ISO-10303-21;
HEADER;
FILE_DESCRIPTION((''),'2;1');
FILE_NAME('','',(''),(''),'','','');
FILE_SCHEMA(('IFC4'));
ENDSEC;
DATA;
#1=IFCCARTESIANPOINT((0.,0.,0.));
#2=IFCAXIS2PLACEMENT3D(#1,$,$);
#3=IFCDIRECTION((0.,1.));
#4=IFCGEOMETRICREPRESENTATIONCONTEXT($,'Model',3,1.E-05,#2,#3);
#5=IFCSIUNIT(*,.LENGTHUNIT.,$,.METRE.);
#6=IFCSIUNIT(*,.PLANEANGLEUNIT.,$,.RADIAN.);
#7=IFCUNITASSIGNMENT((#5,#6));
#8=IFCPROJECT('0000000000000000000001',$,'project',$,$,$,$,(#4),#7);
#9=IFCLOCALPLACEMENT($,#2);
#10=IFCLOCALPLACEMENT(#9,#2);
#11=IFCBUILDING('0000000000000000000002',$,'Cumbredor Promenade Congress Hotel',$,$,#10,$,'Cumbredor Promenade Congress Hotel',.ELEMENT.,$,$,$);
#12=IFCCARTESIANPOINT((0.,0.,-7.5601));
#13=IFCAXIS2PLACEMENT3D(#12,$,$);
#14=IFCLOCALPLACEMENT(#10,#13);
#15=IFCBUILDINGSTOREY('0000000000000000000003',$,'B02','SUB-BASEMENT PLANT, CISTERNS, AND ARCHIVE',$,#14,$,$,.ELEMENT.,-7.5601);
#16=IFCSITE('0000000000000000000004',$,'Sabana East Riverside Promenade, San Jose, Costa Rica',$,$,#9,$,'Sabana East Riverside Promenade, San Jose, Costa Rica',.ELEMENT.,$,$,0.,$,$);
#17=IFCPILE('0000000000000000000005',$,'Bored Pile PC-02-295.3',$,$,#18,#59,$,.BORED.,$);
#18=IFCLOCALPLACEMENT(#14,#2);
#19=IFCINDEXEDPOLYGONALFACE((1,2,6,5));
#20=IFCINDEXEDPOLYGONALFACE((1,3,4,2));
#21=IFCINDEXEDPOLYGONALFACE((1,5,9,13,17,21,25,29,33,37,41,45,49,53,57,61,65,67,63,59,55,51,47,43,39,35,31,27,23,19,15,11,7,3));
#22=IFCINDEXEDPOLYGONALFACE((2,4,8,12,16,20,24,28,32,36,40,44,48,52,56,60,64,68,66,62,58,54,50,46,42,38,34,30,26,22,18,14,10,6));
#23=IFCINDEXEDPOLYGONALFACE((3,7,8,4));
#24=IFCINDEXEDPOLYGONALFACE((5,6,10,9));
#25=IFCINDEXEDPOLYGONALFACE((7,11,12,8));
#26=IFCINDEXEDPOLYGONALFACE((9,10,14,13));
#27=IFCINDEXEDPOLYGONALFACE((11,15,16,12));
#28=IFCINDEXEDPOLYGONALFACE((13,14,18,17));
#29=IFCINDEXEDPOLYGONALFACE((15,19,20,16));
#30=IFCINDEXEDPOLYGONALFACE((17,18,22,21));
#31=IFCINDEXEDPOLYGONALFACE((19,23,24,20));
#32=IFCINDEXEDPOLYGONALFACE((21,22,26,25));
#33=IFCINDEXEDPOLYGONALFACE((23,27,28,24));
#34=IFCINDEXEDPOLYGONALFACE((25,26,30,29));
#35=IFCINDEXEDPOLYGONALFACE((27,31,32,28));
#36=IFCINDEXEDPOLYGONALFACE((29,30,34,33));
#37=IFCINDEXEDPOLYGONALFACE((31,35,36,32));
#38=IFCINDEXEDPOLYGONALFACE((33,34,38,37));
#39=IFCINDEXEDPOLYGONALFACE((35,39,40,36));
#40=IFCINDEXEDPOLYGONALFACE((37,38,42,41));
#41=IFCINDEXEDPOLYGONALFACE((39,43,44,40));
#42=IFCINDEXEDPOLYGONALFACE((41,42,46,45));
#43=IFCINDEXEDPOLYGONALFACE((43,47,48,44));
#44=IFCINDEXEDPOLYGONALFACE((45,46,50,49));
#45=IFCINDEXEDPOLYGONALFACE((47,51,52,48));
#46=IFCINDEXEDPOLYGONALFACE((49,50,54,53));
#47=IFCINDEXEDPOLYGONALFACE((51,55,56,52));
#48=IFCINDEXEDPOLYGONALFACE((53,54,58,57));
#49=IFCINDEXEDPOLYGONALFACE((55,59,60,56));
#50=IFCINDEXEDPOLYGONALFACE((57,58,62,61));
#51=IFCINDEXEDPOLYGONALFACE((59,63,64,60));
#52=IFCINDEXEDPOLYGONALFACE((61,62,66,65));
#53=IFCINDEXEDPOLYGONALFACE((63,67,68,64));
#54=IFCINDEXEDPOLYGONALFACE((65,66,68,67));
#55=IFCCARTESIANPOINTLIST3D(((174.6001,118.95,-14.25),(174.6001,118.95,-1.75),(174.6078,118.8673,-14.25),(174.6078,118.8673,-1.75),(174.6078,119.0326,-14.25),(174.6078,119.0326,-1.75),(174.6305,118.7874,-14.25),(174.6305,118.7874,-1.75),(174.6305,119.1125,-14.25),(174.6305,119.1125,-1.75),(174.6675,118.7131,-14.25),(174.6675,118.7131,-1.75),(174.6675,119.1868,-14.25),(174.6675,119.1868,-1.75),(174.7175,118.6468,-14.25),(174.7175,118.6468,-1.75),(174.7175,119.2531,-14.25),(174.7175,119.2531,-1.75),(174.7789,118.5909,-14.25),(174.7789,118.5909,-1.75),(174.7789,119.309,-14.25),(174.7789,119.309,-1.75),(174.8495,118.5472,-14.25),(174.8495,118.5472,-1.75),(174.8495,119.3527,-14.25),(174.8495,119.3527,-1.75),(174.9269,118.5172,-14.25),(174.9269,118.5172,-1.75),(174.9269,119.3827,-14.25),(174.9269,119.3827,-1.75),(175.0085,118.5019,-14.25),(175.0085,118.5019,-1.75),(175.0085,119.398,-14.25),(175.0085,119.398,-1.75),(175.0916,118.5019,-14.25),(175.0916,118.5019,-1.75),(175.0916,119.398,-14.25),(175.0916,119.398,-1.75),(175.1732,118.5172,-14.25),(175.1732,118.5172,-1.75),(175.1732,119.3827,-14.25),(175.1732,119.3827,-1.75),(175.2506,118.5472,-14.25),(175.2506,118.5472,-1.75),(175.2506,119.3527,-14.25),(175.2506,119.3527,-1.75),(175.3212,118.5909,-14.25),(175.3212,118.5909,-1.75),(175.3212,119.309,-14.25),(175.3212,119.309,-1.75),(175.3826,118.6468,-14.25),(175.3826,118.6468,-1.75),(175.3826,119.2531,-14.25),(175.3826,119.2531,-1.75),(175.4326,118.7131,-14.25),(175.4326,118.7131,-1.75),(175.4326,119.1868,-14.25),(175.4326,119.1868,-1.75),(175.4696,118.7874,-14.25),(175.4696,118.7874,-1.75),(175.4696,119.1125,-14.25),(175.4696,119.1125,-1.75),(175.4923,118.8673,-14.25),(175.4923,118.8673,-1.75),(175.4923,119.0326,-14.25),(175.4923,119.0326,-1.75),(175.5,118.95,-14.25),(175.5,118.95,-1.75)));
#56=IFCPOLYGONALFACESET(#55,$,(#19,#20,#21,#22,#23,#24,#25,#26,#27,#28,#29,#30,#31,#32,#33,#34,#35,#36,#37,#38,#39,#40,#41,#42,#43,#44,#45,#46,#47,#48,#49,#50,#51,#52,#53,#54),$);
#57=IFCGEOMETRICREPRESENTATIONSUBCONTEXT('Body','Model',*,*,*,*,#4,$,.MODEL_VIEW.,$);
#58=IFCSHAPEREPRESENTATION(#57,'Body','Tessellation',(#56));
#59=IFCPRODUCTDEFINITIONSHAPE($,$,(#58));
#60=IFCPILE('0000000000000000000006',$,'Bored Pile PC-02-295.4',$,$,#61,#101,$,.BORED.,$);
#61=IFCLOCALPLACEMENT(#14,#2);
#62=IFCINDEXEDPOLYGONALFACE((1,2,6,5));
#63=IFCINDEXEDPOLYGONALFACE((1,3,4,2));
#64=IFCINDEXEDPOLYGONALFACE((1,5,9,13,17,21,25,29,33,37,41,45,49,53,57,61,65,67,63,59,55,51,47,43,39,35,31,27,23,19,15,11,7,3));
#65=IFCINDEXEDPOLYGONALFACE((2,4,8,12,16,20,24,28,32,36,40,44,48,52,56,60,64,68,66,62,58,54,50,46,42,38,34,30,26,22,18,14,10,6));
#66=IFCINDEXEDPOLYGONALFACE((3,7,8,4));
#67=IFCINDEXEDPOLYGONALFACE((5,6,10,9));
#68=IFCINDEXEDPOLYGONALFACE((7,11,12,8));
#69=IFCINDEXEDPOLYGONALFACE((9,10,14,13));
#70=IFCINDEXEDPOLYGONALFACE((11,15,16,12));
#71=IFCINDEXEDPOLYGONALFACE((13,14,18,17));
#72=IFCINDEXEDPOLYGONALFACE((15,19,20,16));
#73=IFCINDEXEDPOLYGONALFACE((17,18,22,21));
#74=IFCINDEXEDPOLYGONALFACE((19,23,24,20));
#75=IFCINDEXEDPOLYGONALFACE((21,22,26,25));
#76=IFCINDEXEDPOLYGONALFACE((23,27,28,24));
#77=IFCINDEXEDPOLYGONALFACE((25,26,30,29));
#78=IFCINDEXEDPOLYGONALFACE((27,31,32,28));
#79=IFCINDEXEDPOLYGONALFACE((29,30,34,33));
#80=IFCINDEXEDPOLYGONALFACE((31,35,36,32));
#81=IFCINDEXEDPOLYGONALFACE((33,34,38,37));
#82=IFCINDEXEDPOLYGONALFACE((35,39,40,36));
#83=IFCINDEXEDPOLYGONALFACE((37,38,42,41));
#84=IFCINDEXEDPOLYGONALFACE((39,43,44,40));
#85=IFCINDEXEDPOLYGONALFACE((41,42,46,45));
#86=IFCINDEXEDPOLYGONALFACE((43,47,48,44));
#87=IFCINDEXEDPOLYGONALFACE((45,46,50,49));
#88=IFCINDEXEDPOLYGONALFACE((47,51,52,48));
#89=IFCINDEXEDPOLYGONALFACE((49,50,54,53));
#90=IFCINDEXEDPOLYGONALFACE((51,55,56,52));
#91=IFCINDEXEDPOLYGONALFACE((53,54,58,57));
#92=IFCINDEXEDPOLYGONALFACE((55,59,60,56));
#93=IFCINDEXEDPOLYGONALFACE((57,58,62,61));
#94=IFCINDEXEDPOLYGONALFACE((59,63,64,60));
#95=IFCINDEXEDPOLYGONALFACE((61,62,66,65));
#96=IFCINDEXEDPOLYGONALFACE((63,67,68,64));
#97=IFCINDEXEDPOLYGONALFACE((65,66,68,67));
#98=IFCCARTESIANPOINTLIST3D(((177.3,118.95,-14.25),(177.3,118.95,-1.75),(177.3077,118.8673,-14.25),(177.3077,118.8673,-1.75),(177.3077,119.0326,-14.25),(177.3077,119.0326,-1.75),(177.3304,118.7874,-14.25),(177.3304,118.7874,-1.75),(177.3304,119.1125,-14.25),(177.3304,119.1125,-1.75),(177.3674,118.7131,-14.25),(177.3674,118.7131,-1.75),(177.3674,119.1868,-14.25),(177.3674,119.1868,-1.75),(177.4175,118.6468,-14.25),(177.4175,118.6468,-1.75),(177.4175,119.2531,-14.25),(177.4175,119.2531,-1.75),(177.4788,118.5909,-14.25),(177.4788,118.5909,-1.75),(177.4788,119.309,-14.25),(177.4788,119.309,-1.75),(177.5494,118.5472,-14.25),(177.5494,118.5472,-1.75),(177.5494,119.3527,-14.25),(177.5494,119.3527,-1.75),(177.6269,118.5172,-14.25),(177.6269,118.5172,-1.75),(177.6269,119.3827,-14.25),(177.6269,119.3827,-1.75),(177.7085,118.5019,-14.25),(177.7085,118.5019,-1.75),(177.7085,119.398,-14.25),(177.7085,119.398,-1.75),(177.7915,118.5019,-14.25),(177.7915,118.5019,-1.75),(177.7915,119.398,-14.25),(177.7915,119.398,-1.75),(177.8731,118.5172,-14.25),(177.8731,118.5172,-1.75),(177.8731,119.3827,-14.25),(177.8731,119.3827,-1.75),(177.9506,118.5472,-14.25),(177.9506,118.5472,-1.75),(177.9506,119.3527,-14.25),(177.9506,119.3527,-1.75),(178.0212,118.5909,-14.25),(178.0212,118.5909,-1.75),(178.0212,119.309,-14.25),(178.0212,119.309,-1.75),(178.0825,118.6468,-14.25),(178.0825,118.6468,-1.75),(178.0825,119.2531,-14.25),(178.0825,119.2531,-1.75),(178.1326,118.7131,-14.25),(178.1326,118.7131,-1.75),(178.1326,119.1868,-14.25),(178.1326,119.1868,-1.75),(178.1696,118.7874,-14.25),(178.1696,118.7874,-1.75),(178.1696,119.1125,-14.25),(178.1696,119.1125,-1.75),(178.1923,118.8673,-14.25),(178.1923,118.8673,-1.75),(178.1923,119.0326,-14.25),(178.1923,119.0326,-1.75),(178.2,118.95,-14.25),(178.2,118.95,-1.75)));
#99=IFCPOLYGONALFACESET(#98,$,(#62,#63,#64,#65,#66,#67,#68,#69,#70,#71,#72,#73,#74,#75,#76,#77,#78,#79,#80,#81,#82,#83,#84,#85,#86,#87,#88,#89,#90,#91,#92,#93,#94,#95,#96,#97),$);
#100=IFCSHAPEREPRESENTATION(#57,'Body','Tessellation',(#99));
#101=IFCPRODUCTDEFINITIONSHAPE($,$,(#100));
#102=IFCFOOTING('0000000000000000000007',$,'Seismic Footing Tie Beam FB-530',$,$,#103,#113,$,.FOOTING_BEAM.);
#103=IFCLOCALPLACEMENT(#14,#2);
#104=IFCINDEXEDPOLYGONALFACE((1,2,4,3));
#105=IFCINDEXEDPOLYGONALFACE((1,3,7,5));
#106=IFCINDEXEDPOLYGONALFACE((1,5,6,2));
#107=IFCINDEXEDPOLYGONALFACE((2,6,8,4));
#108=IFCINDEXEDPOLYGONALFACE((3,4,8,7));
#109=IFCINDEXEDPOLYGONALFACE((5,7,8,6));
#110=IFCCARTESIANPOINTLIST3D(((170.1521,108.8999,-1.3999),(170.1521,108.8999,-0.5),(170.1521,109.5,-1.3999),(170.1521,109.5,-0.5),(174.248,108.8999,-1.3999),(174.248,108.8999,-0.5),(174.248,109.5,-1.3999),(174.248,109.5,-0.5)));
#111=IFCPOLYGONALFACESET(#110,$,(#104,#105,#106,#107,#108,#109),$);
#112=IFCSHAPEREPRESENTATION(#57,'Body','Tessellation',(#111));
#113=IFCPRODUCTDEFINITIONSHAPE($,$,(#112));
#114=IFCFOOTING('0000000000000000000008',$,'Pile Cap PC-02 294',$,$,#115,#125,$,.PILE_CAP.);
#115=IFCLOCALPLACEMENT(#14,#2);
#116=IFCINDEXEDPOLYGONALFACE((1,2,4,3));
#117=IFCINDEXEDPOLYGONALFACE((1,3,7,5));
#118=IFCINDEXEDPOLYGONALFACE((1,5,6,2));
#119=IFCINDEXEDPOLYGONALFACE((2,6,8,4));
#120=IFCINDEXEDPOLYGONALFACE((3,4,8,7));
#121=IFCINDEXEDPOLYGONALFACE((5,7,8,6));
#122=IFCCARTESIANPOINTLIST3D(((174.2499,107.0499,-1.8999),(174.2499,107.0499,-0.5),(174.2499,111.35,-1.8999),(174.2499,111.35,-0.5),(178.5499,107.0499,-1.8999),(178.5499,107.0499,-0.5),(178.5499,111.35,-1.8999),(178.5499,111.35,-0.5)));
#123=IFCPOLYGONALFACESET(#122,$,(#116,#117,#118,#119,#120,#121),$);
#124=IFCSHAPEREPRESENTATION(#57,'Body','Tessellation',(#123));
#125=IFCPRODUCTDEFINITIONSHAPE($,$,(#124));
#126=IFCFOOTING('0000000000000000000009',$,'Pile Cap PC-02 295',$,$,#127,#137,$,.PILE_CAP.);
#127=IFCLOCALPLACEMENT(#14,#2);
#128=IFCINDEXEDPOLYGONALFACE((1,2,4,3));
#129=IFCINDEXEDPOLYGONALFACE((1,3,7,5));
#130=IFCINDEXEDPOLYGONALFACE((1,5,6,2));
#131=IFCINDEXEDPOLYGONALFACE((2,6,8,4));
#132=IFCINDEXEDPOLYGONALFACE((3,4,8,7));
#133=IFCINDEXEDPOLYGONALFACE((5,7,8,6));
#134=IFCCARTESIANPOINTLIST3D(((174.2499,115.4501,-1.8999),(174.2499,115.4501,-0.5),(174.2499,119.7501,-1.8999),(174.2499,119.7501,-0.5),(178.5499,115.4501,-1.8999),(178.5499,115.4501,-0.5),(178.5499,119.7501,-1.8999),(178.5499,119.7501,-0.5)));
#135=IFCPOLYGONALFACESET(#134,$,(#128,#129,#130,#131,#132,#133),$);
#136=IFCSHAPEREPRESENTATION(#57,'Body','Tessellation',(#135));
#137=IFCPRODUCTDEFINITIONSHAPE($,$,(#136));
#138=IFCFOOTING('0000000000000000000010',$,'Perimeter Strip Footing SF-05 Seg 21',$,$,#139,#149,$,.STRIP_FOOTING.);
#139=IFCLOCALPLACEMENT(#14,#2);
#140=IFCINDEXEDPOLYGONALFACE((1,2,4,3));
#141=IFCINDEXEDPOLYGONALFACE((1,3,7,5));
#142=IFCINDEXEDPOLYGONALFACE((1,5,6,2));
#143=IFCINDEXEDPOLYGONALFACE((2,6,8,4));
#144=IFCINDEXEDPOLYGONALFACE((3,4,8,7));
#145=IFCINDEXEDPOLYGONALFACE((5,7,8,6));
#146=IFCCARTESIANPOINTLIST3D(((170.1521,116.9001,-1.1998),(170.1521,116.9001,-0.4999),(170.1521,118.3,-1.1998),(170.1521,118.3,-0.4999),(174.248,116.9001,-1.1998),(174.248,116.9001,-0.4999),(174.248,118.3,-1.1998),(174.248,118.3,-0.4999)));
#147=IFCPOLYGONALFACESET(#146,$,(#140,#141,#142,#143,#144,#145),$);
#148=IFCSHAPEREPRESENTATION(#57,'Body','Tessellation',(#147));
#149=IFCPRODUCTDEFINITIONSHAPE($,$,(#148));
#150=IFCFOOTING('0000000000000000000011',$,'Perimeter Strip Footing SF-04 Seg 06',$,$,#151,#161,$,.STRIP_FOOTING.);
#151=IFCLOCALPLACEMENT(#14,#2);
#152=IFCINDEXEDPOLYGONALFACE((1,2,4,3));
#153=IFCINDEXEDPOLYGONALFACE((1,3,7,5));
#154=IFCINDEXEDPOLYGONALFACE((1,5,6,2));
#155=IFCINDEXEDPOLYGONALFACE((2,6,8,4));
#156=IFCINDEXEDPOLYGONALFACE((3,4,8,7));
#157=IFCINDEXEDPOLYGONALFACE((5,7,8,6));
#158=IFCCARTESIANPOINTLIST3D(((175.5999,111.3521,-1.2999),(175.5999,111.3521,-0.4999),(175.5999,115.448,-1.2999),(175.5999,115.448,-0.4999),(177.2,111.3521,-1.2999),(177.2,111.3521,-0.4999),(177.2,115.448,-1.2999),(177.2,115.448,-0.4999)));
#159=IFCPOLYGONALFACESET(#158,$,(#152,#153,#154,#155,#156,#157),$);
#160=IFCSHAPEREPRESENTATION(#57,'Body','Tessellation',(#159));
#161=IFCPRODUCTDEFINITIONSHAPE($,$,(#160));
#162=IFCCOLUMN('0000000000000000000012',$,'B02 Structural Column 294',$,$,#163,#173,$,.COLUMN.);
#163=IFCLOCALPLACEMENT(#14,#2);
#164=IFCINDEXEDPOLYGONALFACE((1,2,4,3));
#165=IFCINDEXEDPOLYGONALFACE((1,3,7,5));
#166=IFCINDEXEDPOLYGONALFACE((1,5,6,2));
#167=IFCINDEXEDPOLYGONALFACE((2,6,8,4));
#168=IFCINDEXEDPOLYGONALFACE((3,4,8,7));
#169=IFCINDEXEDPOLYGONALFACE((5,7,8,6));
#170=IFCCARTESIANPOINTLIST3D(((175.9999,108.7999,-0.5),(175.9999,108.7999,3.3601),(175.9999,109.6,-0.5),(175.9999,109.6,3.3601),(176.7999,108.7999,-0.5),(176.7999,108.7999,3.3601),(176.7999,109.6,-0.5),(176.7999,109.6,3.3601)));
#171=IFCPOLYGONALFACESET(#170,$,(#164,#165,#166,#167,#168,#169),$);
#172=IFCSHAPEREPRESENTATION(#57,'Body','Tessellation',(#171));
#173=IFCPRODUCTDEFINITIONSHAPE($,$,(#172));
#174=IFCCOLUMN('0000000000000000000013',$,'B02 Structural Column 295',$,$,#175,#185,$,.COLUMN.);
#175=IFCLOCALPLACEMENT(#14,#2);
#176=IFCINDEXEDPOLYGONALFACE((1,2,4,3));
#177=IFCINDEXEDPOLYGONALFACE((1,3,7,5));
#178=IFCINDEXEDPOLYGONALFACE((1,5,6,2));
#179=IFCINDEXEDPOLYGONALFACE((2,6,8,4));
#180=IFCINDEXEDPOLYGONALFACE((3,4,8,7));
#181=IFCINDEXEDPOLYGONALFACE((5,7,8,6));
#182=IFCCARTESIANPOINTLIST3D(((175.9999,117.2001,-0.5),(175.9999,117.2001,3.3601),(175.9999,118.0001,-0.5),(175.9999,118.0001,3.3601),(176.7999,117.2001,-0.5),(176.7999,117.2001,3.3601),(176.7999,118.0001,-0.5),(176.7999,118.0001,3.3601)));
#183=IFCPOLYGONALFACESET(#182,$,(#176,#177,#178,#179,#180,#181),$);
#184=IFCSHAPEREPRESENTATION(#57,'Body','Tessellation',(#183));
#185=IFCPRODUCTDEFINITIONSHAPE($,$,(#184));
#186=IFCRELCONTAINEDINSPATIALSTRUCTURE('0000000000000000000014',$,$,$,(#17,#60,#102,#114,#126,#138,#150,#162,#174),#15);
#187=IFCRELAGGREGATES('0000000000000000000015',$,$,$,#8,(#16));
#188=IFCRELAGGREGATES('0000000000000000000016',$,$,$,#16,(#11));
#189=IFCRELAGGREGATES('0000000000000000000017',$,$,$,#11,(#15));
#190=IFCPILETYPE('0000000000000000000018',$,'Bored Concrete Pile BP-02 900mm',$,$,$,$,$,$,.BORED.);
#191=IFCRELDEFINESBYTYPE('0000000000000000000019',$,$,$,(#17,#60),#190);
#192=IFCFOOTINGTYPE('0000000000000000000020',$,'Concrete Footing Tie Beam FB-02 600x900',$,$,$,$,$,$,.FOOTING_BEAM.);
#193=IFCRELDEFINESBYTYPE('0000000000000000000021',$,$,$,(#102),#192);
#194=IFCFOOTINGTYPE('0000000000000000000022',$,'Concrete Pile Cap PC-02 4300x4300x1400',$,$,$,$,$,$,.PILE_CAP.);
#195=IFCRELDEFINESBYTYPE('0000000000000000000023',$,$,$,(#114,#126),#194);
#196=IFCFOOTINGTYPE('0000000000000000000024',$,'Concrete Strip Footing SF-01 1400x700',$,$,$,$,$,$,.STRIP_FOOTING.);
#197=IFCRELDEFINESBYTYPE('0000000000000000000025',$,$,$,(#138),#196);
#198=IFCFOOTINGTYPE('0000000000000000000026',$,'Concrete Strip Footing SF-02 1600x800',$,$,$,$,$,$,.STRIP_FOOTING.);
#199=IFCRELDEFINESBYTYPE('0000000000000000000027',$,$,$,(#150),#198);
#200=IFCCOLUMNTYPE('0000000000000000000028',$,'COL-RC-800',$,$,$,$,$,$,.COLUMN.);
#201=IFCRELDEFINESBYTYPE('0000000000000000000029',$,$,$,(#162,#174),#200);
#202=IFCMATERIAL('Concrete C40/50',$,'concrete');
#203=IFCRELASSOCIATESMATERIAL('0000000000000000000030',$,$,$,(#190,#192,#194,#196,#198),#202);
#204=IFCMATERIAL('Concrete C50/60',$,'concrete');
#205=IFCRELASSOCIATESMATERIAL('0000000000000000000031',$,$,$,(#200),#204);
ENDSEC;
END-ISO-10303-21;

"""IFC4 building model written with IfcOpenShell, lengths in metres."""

from ifc_helpers import new_model, si_unit, direction, frame, origin, origin_2d, place, context, subcontext, project, spatial, rectangle, circle, extrude, material, material_profile, profile_set, type_object, element, save


model = new_model("IFC4")

# Units and contexts
model_context = context("Model", 3, precision=1e-05, world=origin(), true_north=direction((0.0, 1.0)))
body_context = subcontext(model_context, "Body", "Model", "MODEL_VIEW")
ifc_project = project(units=[si_unit("LENGTHUNIT", "METRE"), si_unit("PLANEANGLEUNIT", "RADIAN")], contexts=[model_context])

# Site, building, storey
site_placement = place(None, origin())
site = spatial("IfcSite", under=ifc_project, at=site_placement, Name="Sabana East Riverside Promenade, San Jose, Costa Rica", LongName="Sabana East Riverside Promenade, San Jose, Costa Rica", CompositionType="ELEMENT", RefElevation=0.0)
building_placement = place(site_placement, origin())
building = spatial("IfcBuilding", under=site, at=building_placement, Name="Cumbredor Promenade Congress Hotel", LongName="Cumbredor Promenade Congress Hotel", CompositionType="ELEMENT")
storey_placement = place(building_placement, frame((0.0, 0.0, -7.5601)))
storey = spatial("IfcBuildingStorey", under=building, at=storey_placement, Name="B02", Description="SUB-BASEMENT PLANT, CISTERNS, AND ARCHIVE", CompositionType="ELEMENT", Elevation=-7.5601)

# Piles
ifc_material_1 = material(Name="Concrete C40/50", Category="concrete")
ifc_material_profile_1 = material_profile(ifc_material_1, circle(Radius=0.45, at=origin_2d()), Name="PILE D900")
ifc_profile_set_1 = profile_set([ifc_material_profile_1], Name="Concrete C40/50")
pile_type = type_object("IfcPileType", Name="Bored Concrete Pile BP-02 900mm", PredefinedType="BORED", material=ifc_profile_set_1)
for number, where, z_axis, x_axis, name in (
    (1, (175.05, 118.95, -1.75), (0.0, 0.0, -1.0), (1.0, 0.0, 0.0), "Bored Pile PC-02-295.3"),
    (2, (177.75, 118.95, -1.75), (0.0, 0.0, -1.0), (1.0, 0.0, 0.0), "Bored Pile PC-02-295.4"),
):
    element("IfcPile", number, at=place(storey_placement, frame(where, z_axis=z_axis, x_axis=x_axis)), inside=storey, type_object=pile_type, Name=name, PredefinedType="BORED", context=body_context, shape_type="SweptSolid", body=[
        extrude(circle(Radius=0.45, at=origin_2d()), origin(), (0.0, 0.0, 1.0), 12.5),
    ])

# Footings
ifc_material_profile_2 = material_profile(ifc_material_1, rectangle(XDim=0.6001, YDim=0.8999, at=origin_2d()), Name="FB 600x900")
ifc_profile_set_2 = profile_set([ifc_material_profile_2], Name="Concrete C40/50")
footing_type_1 = type_object("IfcFootingType", Name="Concrete Footing Tie Beam FB-02 600x900", PredefinedType="FOOTING_BEAM", material=ifc_profile_set_2)
footing_1_placement = place(storey_placement, frame((170.1521, 109.2, -0.95), z_axis=(1.0, 0.0, 0.0), x_axis=(0.0, 1.0, 0.0)))
element("IfcFooting", 3, at=footing_1_placement, inside=storey, type_object=footing_type_1, Name="Seismic Footing Tie Beam FB-530", PredefinedType="FOOTING_BEAM", context=body_context, shape_type="SweptSolid", body=[
    extrude(rectangle(XDim=0.6001, YDim=0.8999, at=origin_2d()), origin(), (0.0, 0.0, 1.0), 4.0959),
])
footing_type_2 = type_object("IfcFootingType", Name="Concrete Pile Cap PC-02 4300x4300x1400", PredefinedType="PILE_CAP", material=ifc_material_1)
for number, where, z_axis, x_axis, name in (
    (4, (176.3999, 109.2, -1.8999), (0.0, 0.0, 1.0), (1.0, 0.0, 0.0), "Pile Cap PC-02 294"),
    (5, (176.3999, 117.6001, -1.8999), (0.0, 0.0, 1.0), (1.0, 0.0, 0.0), "Pile Cap PC-02 295"),
):
    element("IfcFooting", number, at=place(storey_placement, frame(where, z_axis=z_axis, x_axis=x_axis)), inside=storey, type_object=footing_type_2, Name=name, PredefinedType="PILE_CAP", context=body_context, shape_type="SweptSolid", body=[
        extrude(rectangle(XDim=4.3, YDim=4.3, at=origin_2d()), origin(), (0.0, 0.0, 1.0), 1.3999),
    ])
ifc_material_profile_3 = material_profile(ifc_material_1, rectangle(XDim=1.3999, YDim=0.7, at=origin_2d()), Name="SF 1400x700")
ifc_profile_set_3 = profile_set([ifc_material_profile_3], Name="Concrete C40/50")
footing_type_3 = type_object("IfcFootingType", Name="Concrete Strip Footing SF-01 1400x700", PredefinedType="STRIP_FOOTING", material=ifc_profile_set_3)
footing_2_placement = place(storey_placement, frame((170.1521, 117.6001, -0.8499), z_axis=(1.0, 0.0, 0.0), x_axis=(0.0, 1.0, 0.0)))
element("IfcFooting", 6, at=footing_2_placement, inside=storey, type_object=footing_type_3, Name="Perimeter Strip Footing SF-05 Seg 21", PredefinedType="STRIP_FOOTING", context=body_context, shape_type="SweptSolid", body=[
    extrude(rectangle(XDim=1.3999, YDim=0.7, at=origin_2d()), origin(), (0.0, 0.0, 1.0), 4.0959),
])
ifc_material_profile_4 = material_profile(ifc_material_1, rectangle(XDim=1.6001, YDim=0.8, at=origin_2d()), Name="SF 1600x800")
ifc_profile_set_4 = profile_set([ifc_material_profile_4], Name="Concrete C40/50")
footing_type_4 = type_object("IfcFootingType", Name="Concrete Strip Footing SF-02 1600x800", PredefinedType="STRIP_FOOTING", material=ifc_profile_set_4)
footing_3_placement = place(storey_placement, frame((176.3999, 111.3521, -0.8999), z_axis=(0.0, 1.0, 0.0), x_axis=(-1.0, 0.0, 0.0)))
element("IfcFooting", 7, at=footing_3_placement, inside=storey, type_object=footing_type_4, Name="Perimeter Strip Footing SF-04 Seg 06", PredefinedType="STRIP_FOOTING", context=body_context, shape_type="SweptSolid", body=[
    extrude(rectangle(XDim=1.6001, YDim=0.8, at=origin_2d()), origin(), (0.0, 0.0, 1.0), 4.0959),
])

# Columns
ifc_material_2 = material(Name="Concrete C50/60", Category="concrete")
ifc_material_profile_5 = material_profile(ifc_material_2, rectangle(XDim=0.8, YDim=0.8, at=origin_2d()), Name="RC 800x800")
ifc_profile_set_5 = profile_set([ifc_material_profile_5], Name="Concrete C50/60")
column_type = type_object("IfcColumnType", Name="COL-RC-800", PredefinedType="COLUMN", material=ifc_profile_set_5)
for number, where, z_axis, x_axis, name in (
    (8, (176.3999, 109.2, -0.5), (0.0, 0.0, 1.0), (1.0, 0.0, 0.0), "B02 Structural Column 294"),
    (9, (176.3999, 117.6001, -0.5), (0.0, 0.0, 1.0), (1.0, 0.0, 0.0), "B02 Structural Column 295"),
):
    element("IfcColumn", number, at=place(storey_placement, frame(where, z_axis=z_axis, x_axis=x_axis)), inside=storey, type_object=column_type, Name=name, PredefinedType="COLUMN", context=body_context, shape_type="SweptSolid", body=[
        extrude(rectangle(XDim=0.8, YDim=0.8, at=origin_2d()), origin(), (0.0, 0.0, 1.0), 3.8601),
    ])

save(model, "model.ifc")
